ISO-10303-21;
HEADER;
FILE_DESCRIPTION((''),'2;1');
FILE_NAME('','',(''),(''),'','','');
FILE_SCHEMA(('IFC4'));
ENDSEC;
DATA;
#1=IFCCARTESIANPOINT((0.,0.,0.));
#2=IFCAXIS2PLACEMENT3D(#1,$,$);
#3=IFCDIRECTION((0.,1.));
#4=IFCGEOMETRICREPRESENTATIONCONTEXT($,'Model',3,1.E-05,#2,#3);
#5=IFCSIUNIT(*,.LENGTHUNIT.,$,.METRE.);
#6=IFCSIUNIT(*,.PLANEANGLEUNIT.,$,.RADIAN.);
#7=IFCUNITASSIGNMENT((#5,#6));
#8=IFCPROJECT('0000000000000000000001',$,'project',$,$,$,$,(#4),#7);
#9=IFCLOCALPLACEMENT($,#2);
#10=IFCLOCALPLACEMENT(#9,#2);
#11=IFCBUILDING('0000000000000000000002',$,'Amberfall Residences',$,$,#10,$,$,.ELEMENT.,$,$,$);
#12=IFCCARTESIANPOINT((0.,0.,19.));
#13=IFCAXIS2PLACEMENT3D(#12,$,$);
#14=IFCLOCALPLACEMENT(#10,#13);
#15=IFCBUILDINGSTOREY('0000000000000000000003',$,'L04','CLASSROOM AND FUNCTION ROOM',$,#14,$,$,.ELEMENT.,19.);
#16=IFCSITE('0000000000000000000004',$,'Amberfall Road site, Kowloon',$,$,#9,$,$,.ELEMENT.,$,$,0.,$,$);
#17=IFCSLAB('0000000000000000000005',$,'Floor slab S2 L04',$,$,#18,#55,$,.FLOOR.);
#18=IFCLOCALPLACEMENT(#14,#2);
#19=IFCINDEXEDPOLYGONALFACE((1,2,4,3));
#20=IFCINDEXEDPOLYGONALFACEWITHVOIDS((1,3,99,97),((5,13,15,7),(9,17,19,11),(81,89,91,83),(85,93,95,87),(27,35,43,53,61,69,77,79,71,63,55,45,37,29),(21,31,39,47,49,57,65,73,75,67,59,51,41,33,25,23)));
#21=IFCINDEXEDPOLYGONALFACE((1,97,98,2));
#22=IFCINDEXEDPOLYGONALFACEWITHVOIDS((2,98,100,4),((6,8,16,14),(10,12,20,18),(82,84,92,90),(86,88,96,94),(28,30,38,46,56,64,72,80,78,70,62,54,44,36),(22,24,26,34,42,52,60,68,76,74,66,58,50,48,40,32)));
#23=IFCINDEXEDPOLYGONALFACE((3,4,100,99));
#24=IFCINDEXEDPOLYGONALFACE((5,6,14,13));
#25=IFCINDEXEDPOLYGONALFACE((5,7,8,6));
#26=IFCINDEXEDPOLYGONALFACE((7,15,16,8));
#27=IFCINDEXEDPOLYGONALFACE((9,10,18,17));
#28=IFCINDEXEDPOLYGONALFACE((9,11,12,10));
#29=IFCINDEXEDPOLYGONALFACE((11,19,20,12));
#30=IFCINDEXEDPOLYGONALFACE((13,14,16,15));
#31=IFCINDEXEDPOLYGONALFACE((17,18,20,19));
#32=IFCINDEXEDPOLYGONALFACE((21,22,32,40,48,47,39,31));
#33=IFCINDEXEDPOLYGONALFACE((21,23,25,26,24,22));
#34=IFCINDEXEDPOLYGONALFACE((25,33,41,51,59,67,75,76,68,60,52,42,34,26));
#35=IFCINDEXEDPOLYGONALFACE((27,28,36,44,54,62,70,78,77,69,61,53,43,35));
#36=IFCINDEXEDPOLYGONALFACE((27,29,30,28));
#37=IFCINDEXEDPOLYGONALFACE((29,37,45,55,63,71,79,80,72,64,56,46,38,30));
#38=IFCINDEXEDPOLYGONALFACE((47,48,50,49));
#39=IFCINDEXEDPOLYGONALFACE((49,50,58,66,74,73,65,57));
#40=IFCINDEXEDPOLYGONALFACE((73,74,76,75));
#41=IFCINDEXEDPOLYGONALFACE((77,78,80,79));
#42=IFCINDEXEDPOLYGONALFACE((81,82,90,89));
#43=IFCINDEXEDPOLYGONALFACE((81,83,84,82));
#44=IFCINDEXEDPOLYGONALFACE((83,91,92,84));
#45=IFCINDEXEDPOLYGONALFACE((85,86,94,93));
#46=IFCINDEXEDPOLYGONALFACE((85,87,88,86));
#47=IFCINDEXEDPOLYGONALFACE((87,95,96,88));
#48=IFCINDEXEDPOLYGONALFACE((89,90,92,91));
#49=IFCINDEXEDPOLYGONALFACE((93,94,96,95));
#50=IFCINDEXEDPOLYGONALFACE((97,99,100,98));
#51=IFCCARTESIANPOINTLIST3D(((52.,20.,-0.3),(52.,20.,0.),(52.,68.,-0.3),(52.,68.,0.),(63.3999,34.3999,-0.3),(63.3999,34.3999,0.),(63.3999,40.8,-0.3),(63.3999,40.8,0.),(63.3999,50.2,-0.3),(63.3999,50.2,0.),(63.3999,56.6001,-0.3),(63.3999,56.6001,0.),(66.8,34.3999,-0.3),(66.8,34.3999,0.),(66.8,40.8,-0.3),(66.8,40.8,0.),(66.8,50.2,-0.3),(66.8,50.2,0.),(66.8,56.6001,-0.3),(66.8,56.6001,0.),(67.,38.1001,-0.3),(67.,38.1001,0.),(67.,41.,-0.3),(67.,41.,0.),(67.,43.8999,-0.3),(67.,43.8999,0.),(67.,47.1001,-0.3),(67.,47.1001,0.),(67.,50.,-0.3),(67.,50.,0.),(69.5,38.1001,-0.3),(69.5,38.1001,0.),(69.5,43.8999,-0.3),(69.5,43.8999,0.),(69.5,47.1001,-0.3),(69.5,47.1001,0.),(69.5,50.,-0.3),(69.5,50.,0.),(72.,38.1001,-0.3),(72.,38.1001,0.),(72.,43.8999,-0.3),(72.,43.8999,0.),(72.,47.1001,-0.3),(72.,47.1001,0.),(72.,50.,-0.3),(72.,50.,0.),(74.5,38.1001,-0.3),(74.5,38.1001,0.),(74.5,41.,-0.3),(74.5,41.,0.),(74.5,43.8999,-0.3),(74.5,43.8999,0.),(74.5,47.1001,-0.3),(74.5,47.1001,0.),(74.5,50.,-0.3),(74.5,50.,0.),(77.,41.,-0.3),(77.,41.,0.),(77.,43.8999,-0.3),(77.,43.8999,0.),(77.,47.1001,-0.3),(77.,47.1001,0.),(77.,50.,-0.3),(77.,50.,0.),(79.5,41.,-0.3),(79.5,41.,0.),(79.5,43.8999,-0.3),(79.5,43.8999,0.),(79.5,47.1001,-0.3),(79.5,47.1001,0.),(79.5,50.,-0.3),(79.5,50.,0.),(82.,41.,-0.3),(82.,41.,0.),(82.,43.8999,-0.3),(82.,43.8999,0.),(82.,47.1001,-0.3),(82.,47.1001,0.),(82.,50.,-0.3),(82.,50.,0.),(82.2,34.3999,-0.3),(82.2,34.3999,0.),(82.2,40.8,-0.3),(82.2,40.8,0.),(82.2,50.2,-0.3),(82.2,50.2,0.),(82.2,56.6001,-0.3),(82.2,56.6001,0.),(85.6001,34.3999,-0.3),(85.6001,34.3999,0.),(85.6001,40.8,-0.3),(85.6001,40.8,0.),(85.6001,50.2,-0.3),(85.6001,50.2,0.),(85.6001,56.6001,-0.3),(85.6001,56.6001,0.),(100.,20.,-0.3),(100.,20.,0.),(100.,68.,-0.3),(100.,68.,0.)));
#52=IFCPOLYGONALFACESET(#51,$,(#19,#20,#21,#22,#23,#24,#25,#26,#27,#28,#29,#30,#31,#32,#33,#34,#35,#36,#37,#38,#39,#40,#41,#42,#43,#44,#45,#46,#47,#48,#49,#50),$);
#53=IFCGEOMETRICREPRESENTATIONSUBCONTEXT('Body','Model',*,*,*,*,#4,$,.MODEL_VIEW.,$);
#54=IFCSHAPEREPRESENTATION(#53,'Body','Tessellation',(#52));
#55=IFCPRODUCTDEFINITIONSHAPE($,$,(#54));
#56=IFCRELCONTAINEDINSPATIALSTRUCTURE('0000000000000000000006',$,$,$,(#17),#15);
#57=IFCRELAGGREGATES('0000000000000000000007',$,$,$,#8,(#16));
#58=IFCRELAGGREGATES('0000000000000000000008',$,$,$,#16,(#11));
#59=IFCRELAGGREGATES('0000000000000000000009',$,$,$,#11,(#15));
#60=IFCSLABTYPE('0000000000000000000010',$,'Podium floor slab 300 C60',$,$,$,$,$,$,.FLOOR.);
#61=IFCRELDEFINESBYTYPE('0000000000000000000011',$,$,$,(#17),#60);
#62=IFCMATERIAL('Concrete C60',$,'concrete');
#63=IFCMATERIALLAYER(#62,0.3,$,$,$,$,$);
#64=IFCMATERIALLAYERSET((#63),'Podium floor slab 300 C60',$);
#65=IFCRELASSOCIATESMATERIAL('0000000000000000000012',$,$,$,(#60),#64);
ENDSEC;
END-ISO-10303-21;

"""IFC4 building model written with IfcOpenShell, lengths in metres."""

from ifc_helpers import new_model, si_unit, direction, frame, origin, place, context, subcontext, project, spatial, polyline, outline, extrude, material, layer, layer_set, type_object, element, save


model = new_model("IFC4")

# Units and contexts
model_context = context("Model", 3, precision=1e-05, world=origin(), true_north=direction((0.0, 1.0)))
body_context = subcontext(model_context, "Body", "Model", "MODEL_VIEW")
ifc_project = project(units=[si_unit("LENGTHUNIT", "METRE"), si_unit("PLANEANGLEUNIT", "RADIAN")], contexts=[model_context])

# Site, building, storey
site_placement = place(None, origin())
site = spatial("IfcSite", under=ifc_project, at=site_placement, Name="Amberfall Road site, Kowloon", CompositionType="ELEMENT", RefElevation=0.0)
building_placement = place(site_placement, origin())
building = spatial("IfcBuilding", under=site, at=building_placement, Name="Amberfall Residences", CompositionType="ELEMENT")
storey_placement = place(building_placement, frame((0.0, 0.0, 19.0)))
storey = spatial("IfcBuildingStorey", under=building, at=storey_placement, Name="L04", Description="CLASSROOM AND FUNCTION ROOM", CompositionType="ELEMENT", Elevation=19.0)

# Slab
ifc_material_1 = material(Name="Concrete C60", Category="concrete")
ifc_layer_1 = layer(ifc_material_1, 0.3)
ifc_layer_set_1 = layer_set([ifc_layer_1], Name="Podium floor slab 300 C60")
slab_type_1 = type_object("IfcSlabType", Name="Podium floor slab 300 C60", PredefinedType="FLOOR", material=ifc_layer_set_1)
slab_1_placement = place(storey_placement, frame((0.0, 0.0, -0.3)))
element("IfcSlab", 1, at=slab_1_placement, inside=storey, type_object=slab_type_1, Name="Floor slab S2 L04", PredefinedType="FLOOR", context=body_context, shape_type="SweptSolid", body=[
    extrude(outline(polyline([(52.0, 68.0), (100.0, 68.0), (100.0, 20.0), (52.0, 20.0), (52.0, 68.0)]), holes=[polyline([(85.6001, 34.3999), (85.6001, 40.8), (82.2, 40.8), (82.2, 34.3999), (85.6001, 34.3999)]), polyline([(82.2, 50.2), (85.6001, 50.2), (85.6001, 56.6001), (82.2, 56.6001), (82.2, 50.2)]), polyline([(69.5, 50.0), (67.0, 50.0), (67.0, 47.1001), (69.5, 47.1001), (72.0, 47.1001), (74.5, 47.1001), (77.0, 47.1001), (79.5, 47.1001), (82.0, 47.1001), (82.0, 50.0), (79.5, 50.0), (77.0, 50.0), (74.5, 50.0), (72.0, 50.0), (69.5, 50.0)]), polyline([(74.5, 41.0), (77.0, 41.0), (79.5, 41.0), (82.0, 41.0), (82.0, 43.8999), (79.5, 43.8999), (77.0, 43.8999), (74.5, 43.8999), (72.0, 43.8999), (69.5, 43.8999), (67.0, 43.8999), (67.0, 41.0), (67.0, 38.1001), (69.5, 38.1001), (72.0, 38.1001), (74.5, 38.1001), (74.5, 41.0)]), polyline([(66.8, 34.3999), (66.8, 40.8), (63.3999, 40.8), (63.3999, 34.3999), (66.8, 34.3999)]), polyline([(66.8, 50.2), (66.8, 56.6001), (63.3999, 56.6001), (63.3999, 50.2), (66.8, 50.2)])]), origin(), (0.0, 0.0, 1.0), 0.3),
])

save(model, "model.ifc")
